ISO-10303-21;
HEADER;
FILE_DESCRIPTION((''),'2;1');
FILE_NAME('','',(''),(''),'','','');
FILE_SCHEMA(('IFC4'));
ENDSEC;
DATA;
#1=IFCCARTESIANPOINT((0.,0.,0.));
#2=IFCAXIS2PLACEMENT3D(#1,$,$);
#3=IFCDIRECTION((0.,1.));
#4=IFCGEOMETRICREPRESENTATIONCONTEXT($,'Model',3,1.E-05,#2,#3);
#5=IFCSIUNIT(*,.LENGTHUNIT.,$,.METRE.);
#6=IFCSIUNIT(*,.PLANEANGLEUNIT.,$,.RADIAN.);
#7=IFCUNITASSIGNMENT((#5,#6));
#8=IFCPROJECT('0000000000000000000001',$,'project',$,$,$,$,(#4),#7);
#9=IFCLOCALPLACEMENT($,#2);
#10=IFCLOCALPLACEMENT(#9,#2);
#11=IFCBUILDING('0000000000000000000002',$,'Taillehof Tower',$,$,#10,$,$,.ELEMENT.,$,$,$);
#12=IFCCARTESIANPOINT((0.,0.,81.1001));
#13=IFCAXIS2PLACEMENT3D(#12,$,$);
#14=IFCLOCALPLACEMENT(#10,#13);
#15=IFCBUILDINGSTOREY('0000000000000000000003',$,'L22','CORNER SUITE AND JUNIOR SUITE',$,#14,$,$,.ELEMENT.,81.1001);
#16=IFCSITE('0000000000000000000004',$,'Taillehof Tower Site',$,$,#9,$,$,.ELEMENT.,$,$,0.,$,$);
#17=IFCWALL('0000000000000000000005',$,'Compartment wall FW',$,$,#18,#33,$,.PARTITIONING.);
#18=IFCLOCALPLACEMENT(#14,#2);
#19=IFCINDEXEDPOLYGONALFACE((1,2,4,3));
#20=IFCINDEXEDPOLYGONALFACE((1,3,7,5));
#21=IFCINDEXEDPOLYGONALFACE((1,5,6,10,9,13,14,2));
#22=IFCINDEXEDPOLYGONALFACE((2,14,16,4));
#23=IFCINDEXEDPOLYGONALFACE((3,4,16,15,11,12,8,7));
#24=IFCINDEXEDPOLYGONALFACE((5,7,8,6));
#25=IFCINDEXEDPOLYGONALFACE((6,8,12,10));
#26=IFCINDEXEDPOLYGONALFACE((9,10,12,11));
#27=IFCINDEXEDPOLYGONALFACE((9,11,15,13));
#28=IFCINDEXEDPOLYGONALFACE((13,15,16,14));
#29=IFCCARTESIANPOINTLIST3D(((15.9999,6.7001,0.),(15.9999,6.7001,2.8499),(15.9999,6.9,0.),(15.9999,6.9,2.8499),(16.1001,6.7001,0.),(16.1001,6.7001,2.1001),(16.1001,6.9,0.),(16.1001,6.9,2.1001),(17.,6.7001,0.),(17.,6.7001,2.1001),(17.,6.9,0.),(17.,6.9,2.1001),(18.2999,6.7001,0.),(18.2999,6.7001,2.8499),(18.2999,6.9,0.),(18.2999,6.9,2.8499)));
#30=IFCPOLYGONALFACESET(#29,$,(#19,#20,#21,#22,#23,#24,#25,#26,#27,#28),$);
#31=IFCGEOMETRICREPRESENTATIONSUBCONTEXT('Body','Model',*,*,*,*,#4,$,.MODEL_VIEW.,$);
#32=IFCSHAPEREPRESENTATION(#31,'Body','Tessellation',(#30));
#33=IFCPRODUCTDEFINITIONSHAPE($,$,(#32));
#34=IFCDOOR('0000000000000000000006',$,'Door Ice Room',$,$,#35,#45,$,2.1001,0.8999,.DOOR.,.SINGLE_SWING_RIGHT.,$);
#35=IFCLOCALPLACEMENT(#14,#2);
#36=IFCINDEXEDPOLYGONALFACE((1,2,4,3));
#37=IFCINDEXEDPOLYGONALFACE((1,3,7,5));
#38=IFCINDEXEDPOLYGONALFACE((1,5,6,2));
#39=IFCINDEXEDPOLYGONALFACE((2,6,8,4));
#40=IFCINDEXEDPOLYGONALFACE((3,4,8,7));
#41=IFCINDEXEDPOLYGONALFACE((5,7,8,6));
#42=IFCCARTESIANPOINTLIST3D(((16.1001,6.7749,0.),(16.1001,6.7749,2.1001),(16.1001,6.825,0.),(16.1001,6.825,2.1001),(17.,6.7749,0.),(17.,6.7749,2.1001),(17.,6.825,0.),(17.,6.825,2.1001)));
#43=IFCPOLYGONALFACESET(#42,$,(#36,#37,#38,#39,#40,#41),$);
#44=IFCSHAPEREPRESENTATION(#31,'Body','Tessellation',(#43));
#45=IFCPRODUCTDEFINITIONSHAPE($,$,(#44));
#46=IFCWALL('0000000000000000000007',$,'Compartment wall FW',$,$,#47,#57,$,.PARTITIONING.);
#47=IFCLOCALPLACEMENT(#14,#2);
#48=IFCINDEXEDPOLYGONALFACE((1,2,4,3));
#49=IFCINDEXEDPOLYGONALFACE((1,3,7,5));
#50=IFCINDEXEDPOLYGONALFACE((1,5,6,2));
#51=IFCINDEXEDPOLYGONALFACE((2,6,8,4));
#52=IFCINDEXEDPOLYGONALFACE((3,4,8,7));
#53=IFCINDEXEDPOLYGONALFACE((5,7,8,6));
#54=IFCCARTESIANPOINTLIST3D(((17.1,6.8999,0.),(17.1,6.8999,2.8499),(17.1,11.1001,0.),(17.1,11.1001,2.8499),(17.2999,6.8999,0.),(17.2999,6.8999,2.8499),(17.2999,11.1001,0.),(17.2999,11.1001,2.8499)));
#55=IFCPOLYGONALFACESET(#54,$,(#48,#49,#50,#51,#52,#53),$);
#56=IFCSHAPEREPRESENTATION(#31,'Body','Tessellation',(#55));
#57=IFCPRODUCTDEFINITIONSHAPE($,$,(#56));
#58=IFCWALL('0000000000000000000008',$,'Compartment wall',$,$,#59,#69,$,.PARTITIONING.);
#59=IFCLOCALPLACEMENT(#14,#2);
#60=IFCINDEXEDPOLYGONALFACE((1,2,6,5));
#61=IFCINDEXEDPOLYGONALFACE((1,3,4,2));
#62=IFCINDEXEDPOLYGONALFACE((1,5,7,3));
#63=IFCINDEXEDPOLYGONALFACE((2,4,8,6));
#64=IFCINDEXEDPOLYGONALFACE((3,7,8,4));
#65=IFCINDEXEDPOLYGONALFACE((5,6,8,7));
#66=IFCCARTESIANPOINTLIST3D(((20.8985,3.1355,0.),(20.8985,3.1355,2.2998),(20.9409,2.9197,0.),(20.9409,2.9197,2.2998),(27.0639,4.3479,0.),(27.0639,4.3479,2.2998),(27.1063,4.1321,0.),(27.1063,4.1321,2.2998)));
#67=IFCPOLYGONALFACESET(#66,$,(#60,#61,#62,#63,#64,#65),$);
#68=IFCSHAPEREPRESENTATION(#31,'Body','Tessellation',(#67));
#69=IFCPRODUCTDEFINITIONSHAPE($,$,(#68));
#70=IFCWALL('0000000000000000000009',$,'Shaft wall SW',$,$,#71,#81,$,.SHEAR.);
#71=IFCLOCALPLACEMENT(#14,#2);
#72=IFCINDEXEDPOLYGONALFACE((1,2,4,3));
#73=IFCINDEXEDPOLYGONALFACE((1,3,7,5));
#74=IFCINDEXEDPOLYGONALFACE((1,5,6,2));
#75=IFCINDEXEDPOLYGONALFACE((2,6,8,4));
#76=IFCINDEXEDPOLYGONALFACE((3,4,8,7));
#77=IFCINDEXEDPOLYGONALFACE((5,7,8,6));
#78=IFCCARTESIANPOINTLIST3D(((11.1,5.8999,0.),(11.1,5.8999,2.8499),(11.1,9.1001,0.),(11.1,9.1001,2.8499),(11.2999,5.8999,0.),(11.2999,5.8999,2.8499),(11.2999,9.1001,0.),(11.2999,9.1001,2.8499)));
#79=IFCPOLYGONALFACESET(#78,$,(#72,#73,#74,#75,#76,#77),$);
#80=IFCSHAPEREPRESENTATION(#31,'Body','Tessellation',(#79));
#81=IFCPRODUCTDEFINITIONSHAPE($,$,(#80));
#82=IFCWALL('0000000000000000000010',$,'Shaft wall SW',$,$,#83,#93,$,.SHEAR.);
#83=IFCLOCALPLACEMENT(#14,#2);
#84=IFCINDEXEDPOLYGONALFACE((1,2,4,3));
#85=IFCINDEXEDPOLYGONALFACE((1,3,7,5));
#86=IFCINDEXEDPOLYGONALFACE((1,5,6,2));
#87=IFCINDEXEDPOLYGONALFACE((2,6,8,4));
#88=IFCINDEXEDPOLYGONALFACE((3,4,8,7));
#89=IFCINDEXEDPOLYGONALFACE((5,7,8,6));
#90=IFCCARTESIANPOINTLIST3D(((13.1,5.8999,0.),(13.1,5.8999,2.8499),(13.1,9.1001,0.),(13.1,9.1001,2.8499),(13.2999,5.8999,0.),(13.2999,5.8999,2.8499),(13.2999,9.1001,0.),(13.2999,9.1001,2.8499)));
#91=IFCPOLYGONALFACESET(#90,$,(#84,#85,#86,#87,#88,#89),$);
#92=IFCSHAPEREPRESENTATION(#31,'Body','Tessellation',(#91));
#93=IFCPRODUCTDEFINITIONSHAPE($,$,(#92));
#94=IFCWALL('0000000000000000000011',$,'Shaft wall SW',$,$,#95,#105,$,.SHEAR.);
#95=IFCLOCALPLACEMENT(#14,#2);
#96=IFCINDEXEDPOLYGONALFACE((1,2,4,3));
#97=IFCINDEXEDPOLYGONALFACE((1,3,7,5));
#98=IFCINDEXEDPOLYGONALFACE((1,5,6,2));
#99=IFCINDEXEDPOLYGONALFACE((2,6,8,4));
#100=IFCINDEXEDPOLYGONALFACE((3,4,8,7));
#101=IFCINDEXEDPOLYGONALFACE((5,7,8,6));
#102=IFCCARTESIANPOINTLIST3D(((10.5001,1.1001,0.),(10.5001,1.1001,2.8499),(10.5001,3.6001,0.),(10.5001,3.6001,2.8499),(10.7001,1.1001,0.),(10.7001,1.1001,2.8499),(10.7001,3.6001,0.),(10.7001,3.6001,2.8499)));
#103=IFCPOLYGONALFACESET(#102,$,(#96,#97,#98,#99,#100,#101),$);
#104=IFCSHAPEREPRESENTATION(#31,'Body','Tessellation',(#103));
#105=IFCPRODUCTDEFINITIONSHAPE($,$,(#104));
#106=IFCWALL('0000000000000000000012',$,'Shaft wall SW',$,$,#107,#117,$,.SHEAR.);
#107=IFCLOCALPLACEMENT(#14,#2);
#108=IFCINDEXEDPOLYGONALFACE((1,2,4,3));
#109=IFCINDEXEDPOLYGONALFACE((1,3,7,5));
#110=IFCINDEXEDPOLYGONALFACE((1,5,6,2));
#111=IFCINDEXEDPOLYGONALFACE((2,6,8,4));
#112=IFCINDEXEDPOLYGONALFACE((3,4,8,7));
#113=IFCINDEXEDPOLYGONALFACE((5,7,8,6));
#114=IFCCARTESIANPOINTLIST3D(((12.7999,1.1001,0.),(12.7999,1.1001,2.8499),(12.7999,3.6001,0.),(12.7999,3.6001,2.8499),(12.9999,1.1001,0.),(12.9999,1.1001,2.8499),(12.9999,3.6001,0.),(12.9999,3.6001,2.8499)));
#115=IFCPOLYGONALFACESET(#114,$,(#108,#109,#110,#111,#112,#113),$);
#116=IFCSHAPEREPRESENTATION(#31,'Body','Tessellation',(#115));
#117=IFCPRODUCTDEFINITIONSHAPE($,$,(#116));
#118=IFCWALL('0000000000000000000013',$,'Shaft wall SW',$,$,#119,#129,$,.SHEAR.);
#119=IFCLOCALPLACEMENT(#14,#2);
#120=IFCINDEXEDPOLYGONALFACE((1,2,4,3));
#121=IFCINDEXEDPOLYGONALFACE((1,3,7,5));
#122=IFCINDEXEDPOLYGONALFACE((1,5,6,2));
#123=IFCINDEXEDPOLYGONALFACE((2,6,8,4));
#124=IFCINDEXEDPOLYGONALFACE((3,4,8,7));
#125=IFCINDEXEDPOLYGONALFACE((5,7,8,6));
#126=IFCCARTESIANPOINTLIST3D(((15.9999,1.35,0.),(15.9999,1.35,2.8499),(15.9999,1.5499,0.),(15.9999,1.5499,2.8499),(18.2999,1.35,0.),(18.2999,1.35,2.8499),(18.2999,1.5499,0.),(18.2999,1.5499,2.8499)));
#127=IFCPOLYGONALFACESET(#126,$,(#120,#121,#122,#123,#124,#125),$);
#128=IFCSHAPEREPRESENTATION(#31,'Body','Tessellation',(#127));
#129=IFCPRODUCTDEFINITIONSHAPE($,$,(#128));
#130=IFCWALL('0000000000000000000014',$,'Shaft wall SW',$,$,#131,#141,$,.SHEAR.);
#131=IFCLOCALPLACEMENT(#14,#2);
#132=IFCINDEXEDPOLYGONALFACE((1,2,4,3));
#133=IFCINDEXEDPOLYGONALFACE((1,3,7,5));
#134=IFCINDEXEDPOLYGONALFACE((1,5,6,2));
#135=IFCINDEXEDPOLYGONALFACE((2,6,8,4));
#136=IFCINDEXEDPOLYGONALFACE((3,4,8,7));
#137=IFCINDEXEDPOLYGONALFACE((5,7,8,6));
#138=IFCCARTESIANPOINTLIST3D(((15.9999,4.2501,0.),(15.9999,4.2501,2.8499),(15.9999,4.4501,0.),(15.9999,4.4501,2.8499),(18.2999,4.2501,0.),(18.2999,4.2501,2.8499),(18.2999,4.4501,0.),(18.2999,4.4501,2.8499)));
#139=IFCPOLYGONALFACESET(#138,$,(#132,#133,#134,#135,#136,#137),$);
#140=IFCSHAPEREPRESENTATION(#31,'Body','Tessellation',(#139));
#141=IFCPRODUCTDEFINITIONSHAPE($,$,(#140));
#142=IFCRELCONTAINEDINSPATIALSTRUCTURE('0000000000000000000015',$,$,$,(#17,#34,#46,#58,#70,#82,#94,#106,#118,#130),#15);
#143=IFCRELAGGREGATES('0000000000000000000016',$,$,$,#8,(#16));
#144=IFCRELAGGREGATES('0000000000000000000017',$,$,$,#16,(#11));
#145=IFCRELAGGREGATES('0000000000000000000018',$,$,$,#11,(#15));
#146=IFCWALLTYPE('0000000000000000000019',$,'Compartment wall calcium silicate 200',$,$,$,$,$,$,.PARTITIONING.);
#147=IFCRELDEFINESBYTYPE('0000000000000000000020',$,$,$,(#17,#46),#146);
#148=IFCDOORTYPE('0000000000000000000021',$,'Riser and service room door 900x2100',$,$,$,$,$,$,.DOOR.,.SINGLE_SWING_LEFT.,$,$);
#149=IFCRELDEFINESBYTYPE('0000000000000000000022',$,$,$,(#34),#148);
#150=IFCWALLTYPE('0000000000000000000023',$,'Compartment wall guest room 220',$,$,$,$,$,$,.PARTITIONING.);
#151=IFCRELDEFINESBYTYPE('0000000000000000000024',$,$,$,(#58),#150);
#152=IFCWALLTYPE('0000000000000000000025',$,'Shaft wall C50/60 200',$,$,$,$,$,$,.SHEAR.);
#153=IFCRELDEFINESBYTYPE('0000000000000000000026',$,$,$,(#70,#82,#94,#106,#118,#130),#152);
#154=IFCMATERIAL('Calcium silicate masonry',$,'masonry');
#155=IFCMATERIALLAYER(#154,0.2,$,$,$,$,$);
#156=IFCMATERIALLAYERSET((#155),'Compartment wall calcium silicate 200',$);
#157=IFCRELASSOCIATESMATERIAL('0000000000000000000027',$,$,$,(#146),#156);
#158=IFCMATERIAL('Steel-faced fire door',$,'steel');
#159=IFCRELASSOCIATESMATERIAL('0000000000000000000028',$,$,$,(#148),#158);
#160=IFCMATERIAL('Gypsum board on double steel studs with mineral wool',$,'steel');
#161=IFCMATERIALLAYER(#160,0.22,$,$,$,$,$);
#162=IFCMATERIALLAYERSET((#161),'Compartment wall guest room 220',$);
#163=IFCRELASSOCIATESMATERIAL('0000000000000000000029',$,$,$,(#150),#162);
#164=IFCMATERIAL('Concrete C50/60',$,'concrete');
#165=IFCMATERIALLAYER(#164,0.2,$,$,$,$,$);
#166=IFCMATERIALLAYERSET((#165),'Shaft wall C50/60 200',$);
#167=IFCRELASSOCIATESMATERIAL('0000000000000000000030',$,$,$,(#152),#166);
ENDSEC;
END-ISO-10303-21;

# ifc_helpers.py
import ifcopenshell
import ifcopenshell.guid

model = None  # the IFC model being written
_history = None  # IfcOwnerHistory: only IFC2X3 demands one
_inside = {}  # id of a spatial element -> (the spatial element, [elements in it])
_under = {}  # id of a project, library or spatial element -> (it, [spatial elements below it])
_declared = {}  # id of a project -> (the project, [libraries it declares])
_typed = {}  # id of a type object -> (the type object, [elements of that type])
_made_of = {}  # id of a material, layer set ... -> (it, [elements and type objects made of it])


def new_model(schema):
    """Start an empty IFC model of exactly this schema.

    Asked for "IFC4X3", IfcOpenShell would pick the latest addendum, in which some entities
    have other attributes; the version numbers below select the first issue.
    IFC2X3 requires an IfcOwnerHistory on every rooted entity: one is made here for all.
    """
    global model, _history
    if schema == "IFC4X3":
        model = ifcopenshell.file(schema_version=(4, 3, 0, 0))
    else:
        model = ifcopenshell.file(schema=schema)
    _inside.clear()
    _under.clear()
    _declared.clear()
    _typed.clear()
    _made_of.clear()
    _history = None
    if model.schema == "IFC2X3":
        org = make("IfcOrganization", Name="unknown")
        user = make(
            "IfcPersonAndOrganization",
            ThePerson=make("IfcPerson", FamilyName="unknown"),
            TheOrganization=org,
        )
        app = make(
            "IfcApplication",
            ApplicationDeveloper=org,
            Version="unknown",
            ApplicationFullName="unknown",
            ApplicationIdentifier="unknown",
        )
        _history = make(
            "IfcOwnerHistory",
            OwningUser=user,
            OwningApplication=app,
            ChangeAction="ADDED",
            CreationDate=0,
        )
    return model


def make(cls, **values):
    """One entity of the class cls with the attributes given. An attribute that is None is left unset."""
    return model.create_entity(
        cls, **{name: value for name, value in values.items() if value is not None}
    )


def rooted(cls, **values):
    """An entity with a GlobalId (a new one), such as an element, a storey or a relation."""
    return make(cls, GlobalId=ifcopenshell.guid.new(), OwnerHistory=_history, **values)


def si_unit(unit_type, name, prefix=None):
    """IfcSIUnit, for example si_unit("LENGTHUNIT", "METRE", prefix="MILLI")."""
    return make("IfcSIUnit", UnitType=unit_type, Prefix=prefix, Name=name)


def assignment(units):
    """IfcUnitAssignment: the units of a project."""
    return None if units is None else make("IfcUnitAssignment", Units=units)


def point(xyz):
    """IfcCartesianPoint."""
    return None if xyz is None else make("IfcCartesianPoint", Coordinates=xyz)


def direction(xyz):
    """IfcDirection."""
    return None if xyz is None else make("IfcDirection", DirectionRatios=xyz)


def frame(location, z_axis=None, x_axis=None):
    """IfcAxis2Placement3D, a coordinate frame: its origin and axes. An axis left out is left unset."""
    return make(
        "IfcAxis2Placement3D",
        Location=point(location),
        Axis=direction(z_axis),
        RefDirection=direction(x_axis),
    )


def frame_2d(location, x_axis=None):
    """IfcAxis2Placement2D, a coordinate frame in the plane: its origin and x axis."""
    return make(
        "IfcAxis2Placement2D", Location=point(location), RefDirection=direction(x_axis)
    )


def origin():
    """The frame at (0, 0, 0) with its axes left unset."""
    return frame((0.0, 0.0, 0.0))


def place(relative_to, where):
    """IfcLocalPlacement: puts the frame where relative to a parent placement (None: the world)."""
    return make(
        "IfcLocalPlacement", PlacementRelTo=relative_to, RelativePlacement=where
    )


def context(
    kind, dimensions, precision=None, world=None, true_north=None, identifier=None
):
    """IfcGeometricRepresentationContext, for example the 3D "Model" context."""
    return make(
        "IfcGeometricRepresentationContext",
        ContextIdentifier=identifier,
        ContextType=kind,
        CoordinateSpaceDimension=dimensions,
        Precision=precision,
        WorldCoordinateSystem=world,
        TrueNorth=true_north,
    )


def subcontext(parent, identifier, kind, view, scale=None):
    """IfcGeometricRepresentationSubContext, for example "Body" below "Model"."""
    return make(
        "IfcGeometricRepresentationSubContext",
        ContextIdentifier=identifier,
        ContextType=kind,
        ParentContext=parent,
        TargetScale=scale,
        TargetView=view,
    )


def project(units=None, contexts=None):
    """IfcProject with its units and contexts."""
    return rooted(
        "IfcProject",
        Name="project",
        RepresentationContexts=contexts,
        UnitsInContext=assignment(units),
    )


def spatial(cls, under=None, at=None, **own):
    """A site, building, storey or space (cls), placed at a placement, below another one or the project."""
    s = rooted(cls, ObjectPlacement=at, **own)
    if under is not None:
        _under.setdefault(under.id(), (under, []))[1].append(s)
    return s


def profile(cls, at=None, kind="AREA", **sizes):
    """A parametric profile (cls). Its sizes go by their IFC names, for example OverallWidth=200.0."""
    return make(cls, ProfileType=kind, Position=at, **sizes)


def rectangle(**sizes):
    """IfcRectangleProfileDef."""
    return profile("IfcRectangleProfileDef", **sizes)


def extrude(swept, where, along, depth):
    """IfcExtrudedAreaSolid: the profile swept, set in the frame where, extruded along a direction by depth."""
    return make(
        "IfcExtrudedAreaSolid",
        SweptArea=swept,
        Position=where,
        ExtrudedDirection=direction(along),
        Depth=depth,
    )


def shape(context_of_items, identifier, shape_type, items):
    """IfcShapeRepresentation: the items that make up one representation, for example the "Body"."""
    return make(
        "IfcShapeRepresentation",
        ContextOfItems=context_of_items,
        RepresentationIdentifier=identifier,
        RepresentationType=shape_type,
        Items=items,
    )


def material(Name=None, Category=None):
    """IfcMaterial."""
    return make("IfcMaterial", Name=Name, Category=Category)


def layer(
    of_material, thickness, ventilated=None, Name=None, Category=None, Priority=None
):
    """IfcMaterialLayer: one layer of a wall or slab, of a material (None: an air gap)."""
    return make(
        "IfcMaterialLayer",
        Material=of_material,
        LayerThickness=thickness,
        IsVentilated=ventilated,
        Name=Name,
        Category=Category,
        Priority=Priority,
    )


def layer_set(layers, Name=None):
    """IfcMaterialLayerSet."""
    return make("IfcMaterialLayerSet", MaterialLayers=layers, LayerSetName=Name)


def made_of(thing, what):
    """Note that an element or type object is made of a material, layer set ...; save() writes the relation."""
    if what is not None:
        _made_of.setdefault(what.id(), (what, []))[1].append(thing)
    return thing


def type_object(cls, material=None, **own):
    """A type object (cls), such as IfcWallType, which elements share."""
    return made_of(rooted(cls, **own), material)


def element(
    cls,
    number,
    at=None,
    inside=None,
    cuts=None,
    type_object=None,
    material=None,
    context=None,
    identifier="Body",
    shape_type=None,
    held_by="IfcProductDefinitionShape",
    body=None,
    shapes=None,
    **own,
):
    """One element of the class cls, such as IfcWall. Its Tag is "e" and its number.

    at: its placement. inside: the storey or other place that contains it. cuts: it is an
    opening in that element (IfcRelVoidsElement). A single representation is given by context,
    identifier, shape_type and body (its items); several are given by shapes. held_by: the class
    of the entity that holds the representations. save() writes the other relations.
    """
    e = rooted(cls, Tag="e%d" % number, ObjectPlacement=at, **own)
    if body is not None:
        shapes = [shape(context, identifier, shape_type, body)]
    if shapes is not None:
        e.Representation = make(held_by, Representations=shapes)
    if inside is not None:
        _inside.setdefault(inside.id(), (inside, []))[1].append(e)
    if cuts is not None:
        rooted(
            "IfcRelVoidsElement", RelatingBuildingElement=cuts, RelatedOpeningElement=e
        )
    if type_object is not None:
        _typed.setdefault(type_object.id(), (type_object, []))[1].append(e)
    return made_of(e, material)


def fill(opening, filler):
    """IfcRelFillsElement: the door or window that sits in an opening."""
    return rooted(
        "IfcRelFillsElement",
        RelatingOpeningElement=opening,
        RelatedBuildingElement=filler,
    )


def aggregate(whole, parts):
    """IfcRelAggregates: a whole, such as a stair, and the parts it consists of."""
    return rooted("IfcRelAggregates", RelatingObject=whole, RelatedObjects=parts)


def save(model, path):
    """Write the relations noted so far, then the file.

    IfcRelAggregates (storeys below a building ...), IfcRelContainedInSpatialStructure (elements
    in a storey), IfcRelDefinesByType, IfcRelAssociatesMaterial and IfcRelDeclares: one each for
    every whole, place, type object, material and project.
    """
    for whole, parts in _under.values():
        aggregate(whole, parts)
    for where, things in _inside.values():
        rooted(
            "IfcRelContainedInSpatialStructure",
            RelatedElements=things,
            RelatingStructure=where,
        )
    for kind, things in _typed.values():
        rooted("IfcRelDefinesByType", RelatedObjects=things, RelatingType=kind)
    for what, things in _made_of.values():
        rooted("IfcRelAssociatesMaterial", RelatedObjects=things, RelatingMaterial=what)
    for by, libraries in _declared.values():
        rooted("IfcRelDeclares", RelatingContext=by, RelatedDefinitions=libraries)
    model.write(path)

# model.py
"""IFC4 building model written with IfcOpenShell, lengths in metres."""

from ifc_helpers import new_model, si_unit, direction, frame, frame_2d, origin, place, context, subcontext, project, spatial, rectangle, extrude, material, layer, layer_set, type_object, element, fill, save


model = new_model("IFC4")

# Units and contexts
model_context = context("Model", 3, precision=1e-05, world=origin(), true_north=direction((0.0, 1.0)))
body_context = subcontext(model_context, "Body", "Model", "MODEL_VIEW")
ifc_project = project(units=[si_unit("LENGTHUNIT", "METRE"), si_unit("PLANEANGLEUNIT", "RADIAN")], contexts=[model_context])

# Site, building, storey
site_placement = place(None, origin())
site = spatial("IfcSite", under=ifc_project, at=site_placement, Name="Taillehof Tower Site", CompositionType="ELEMENT", RefElevation=0.0)
building_placement = place(site_placement, origin())
building = spatial("IfcBuilding", under=site, at=building_placement, Name="Taillehof Tower", CompositionType="ELEMENT")
storey_placement = place(building_placement, frame((0.0, 0.0, 81.1001)))
storey = spatial("IfcBuildingStorey", under=building, at=storey_placement, Name="L22", Description="CORNER SUITE AND JUNIOR SUITE", CompositionType="ELEMENT", Elevation=81.1001)

# Wall, opening, door
ifc_material_1 = material(Name="Calcium silicate masonry", Category="masonry")
ifc_layer_1 = layer(ifc_material_1, 0.2)
ifc_layer_set_1 = layer_set([ifc_layer_1], Name="Compartment wall calcium silicate 200")
wall_type_1 = type_object("IfcWallType", Name="Compartment wall calcium silicate 200", PredefinedType="PARTITIONING", material=ifc_layer_set_1)
wall_1_placement = place(storey_placement, frame((16.0, 6.8, 0.0), z_axis=(0.0, 0.0, 1.0), x_axis=(1.0, 0.0, 0.0)))
wall_1 = element("IfcWall", 1, at=wall_1_placement, inside=storey, type_object=wall_type_1, Name="Compartment wall FW", PredefinedType="PARTITIONING", context=body_context, shape_type="SweptSolid", body=[
    extrude(rectangle(XDim=2.3, YDim=0.2, at=frame_2d((1.1499, 0.0))), origin(), (0.0, 0.0, 1.0), 2.8499),
])
opening_1_placement = place(wall_1_placement, frame((0.1001, 0.0, 0.0)))
opening_1 = element("IfcOpeningElement", 2, at=opening_1_placement, cuts=wall_1, PredefinedType="OPENING", context=body_context, shape_type="SweptSolid", body=[
    extrude(rectangle(XDim=0.8999, YDim=2.1001, at=frame_2d((0.45, 1.05))), frame((0.0, 0.1099, 0.0), z_axis=(0.0, -1.0, 0.0), x_axis=(1.0, 0.0, 0.0)), (0.0, 0.0, 1.0), 0.22),
])
ifc_material_2 = material(Name="Steel-faced fire door", Category="steel")
door_type = type_object("IfcDoorType", Name="Riser and service room door 900x2100", OperationType="SINGLE_SWING_LEFT", PredefinedType="DOOR", material=ifc_material_2)
door_placement = place(opening_1_placement, origin())
door = element("IfcDoor", 3, at=door_placement, inside=storey, type_object=door_type, Name="Door Ice Room", OperationType="SINGLE_SWING_RIGHT", OverallHeight=2.1001, OverallWidth=0.8999, PredefinedType="DOOR", context=body_context, shape_type="SweptSolid", body=[
    extrude(rectangle(XDim=0.8999, YDim=2.1001, at=frame_2d((0.45, 1.05))), frame((0.0, 0.0249, 0.0), z_axis=(0.0, -1.0, 0.0), x_axis=(1.0, 0.0, 0.0)), (0.0, 0.0, 1.0), 0.05),
])
fill(opening_1, door)

# Walls
wall_2_placement = place(storey_placement, frame((17.2, 6.8999, 0.0), z_axis=(0.0, 0.0, 1.0), x_axis=(0.0, 1.0, 0.0)))
element("IfcWall", 4, at=wall_2_placement, inside=storey, type_object=wall_type_1, Name="Compartment wall FW", PredefinedType="PARTITIONING", context=body_context, shape_type="SweptSolid", body=[
    extrude(rectangle(XDim=4.2002, YDim=0.2, at=frame_2d((2.1001, 0.0))), origin(), (0.0, 0.0, 1.0), 2.8499),
])
ifc_material_3 = material(Name="Gypsum board on double steel studs with mineral wool", Category="steel")
ifc_layer_2 = layer(ifc_material_3, 0.22)
ifc_layer_set_2 = layer_set([ifc_layer_2], Name="Compartment wall guest room 220")
wall_type_2 = type_object("IfcWallType", Name="Compartment wall guest room 220", PredefinedType="PARTITIONING", material=ifc_layer_set_2)
wall_3_placement = place(storey_placement, frame((27.085, 4.24, 0.0), z_axis=(0.0, 0.0, 1.0), x_axis=(-0.981208, -0.192954, 0.0)))
element("IfcWall", 5, at=wall_3_placement, inside=storey, type_object=wall_type_2, Name="Compartment wall", PredefinedType="PARTITIONING", context=body_context, shape_type="SweptSolid", body=[
    extrude(rectangle(XDim=6.2834, YDim=0.22, at=frame_2d((3.1416, 0.0))), origin(), (0.0, 0.0, 1.0), 2.2998),
])
ifc_material_4 = material(Name="Concrete C50/60", Category="concrete")
ifc_layer_3 = layer(ifc_material_4, 0.2)
ifc_layer_set_3 = layer_set([ifc_layer_3], Name="Shaft wall C50/60 200")
wall_type_3 = type_object("IfcWallType", Name="Shaft wall C50/60 200", PredefinedType="SHEAR", material=ifc_layer_set_3)
for number, where, z_axis, x_axis, name in (
    (6, (11.2, 5.8999, 0.0), (0.0, 0.0, 1.0), (0.0, 1.0, 0.0), "Shaft wall SW"),
    (7, (13.2, 5.8999, 0.0), (0.0, 0.0, 1.0), (0.0, 1.0, 0.0), "Shaft wall SW"),
):
    element("IfcWall", number, at=place(storey_placement, frame(where, z_axis=z_axis, x_axis=x_axis)), inside=storey, type_object=wall_type_3, Name=name, PredefinedType="SHEAR", context=body_context, shape_type="SweptSolid", body=[
        extrude(rectangle(XDim=3.2002, YDim=0.2, at=frame_2d((1.6001, 0.0))), origin(), (0.0, 0.0, 1.0), 2.8499),
    ])
for number, where, z_axis, x_axis, name in (
    (8, (10.6001, 1.1001, 0.0), (0.0, 0.0, 1.0), (0.0, 1.0, 0.0), "Shaft wall SW"),
    (9, (12.8999, 1.1001, 0.0), (0.0, 0.0, 1.0), (0.0, 1.0, 0.0), "Shaft wall SW"),
):
    element("IfcWall", number, at=place(storey_placement, frame(where, z_axis=z_axis, x_axis=x_axis)), inside=storey, type_object=wall_type_3, Name=name, PredefinedType="SHEAR", context=body_context, shape_type="SweptSolid", body=[
        extrude(rectangle(XDim=2.5, YDim=0.2, at=frame_2d((1.25, 0.0))), origin(), (0.0, 0.0, 1.0), 2.8499),
    ])
for number, where, z_axis, x_axis, name in (
    (10, (16.0, 1.45, 0.0), (0.0, 0.0, 1.0), (1.0, 0.0, 0.0), "Shaft wall SW"),
    (11, (16.0, 4.3501, 0.0), (0.0, 0.0, 1.0), (1.0, 0.0, 0.0), "Shaft wall SW"),
):
    element("IfcWall", number, at=place(storey_placement, frame(where, z_axis=z_axis, x_axis=x_axis)), inside=storey, type_object=wall_type_3, Name=name, PredefinedType="SHEAR", context=body_context, shape_type="SweptSolid", body=[
        extrude(rectangle(XDim=2.3, YDim=0.2, at=frame_2d((1.1499, 0.0))), origin(), (0.0, 0.0, 1.0), 2.8499),
    ])

save(model, "model.ifc")
